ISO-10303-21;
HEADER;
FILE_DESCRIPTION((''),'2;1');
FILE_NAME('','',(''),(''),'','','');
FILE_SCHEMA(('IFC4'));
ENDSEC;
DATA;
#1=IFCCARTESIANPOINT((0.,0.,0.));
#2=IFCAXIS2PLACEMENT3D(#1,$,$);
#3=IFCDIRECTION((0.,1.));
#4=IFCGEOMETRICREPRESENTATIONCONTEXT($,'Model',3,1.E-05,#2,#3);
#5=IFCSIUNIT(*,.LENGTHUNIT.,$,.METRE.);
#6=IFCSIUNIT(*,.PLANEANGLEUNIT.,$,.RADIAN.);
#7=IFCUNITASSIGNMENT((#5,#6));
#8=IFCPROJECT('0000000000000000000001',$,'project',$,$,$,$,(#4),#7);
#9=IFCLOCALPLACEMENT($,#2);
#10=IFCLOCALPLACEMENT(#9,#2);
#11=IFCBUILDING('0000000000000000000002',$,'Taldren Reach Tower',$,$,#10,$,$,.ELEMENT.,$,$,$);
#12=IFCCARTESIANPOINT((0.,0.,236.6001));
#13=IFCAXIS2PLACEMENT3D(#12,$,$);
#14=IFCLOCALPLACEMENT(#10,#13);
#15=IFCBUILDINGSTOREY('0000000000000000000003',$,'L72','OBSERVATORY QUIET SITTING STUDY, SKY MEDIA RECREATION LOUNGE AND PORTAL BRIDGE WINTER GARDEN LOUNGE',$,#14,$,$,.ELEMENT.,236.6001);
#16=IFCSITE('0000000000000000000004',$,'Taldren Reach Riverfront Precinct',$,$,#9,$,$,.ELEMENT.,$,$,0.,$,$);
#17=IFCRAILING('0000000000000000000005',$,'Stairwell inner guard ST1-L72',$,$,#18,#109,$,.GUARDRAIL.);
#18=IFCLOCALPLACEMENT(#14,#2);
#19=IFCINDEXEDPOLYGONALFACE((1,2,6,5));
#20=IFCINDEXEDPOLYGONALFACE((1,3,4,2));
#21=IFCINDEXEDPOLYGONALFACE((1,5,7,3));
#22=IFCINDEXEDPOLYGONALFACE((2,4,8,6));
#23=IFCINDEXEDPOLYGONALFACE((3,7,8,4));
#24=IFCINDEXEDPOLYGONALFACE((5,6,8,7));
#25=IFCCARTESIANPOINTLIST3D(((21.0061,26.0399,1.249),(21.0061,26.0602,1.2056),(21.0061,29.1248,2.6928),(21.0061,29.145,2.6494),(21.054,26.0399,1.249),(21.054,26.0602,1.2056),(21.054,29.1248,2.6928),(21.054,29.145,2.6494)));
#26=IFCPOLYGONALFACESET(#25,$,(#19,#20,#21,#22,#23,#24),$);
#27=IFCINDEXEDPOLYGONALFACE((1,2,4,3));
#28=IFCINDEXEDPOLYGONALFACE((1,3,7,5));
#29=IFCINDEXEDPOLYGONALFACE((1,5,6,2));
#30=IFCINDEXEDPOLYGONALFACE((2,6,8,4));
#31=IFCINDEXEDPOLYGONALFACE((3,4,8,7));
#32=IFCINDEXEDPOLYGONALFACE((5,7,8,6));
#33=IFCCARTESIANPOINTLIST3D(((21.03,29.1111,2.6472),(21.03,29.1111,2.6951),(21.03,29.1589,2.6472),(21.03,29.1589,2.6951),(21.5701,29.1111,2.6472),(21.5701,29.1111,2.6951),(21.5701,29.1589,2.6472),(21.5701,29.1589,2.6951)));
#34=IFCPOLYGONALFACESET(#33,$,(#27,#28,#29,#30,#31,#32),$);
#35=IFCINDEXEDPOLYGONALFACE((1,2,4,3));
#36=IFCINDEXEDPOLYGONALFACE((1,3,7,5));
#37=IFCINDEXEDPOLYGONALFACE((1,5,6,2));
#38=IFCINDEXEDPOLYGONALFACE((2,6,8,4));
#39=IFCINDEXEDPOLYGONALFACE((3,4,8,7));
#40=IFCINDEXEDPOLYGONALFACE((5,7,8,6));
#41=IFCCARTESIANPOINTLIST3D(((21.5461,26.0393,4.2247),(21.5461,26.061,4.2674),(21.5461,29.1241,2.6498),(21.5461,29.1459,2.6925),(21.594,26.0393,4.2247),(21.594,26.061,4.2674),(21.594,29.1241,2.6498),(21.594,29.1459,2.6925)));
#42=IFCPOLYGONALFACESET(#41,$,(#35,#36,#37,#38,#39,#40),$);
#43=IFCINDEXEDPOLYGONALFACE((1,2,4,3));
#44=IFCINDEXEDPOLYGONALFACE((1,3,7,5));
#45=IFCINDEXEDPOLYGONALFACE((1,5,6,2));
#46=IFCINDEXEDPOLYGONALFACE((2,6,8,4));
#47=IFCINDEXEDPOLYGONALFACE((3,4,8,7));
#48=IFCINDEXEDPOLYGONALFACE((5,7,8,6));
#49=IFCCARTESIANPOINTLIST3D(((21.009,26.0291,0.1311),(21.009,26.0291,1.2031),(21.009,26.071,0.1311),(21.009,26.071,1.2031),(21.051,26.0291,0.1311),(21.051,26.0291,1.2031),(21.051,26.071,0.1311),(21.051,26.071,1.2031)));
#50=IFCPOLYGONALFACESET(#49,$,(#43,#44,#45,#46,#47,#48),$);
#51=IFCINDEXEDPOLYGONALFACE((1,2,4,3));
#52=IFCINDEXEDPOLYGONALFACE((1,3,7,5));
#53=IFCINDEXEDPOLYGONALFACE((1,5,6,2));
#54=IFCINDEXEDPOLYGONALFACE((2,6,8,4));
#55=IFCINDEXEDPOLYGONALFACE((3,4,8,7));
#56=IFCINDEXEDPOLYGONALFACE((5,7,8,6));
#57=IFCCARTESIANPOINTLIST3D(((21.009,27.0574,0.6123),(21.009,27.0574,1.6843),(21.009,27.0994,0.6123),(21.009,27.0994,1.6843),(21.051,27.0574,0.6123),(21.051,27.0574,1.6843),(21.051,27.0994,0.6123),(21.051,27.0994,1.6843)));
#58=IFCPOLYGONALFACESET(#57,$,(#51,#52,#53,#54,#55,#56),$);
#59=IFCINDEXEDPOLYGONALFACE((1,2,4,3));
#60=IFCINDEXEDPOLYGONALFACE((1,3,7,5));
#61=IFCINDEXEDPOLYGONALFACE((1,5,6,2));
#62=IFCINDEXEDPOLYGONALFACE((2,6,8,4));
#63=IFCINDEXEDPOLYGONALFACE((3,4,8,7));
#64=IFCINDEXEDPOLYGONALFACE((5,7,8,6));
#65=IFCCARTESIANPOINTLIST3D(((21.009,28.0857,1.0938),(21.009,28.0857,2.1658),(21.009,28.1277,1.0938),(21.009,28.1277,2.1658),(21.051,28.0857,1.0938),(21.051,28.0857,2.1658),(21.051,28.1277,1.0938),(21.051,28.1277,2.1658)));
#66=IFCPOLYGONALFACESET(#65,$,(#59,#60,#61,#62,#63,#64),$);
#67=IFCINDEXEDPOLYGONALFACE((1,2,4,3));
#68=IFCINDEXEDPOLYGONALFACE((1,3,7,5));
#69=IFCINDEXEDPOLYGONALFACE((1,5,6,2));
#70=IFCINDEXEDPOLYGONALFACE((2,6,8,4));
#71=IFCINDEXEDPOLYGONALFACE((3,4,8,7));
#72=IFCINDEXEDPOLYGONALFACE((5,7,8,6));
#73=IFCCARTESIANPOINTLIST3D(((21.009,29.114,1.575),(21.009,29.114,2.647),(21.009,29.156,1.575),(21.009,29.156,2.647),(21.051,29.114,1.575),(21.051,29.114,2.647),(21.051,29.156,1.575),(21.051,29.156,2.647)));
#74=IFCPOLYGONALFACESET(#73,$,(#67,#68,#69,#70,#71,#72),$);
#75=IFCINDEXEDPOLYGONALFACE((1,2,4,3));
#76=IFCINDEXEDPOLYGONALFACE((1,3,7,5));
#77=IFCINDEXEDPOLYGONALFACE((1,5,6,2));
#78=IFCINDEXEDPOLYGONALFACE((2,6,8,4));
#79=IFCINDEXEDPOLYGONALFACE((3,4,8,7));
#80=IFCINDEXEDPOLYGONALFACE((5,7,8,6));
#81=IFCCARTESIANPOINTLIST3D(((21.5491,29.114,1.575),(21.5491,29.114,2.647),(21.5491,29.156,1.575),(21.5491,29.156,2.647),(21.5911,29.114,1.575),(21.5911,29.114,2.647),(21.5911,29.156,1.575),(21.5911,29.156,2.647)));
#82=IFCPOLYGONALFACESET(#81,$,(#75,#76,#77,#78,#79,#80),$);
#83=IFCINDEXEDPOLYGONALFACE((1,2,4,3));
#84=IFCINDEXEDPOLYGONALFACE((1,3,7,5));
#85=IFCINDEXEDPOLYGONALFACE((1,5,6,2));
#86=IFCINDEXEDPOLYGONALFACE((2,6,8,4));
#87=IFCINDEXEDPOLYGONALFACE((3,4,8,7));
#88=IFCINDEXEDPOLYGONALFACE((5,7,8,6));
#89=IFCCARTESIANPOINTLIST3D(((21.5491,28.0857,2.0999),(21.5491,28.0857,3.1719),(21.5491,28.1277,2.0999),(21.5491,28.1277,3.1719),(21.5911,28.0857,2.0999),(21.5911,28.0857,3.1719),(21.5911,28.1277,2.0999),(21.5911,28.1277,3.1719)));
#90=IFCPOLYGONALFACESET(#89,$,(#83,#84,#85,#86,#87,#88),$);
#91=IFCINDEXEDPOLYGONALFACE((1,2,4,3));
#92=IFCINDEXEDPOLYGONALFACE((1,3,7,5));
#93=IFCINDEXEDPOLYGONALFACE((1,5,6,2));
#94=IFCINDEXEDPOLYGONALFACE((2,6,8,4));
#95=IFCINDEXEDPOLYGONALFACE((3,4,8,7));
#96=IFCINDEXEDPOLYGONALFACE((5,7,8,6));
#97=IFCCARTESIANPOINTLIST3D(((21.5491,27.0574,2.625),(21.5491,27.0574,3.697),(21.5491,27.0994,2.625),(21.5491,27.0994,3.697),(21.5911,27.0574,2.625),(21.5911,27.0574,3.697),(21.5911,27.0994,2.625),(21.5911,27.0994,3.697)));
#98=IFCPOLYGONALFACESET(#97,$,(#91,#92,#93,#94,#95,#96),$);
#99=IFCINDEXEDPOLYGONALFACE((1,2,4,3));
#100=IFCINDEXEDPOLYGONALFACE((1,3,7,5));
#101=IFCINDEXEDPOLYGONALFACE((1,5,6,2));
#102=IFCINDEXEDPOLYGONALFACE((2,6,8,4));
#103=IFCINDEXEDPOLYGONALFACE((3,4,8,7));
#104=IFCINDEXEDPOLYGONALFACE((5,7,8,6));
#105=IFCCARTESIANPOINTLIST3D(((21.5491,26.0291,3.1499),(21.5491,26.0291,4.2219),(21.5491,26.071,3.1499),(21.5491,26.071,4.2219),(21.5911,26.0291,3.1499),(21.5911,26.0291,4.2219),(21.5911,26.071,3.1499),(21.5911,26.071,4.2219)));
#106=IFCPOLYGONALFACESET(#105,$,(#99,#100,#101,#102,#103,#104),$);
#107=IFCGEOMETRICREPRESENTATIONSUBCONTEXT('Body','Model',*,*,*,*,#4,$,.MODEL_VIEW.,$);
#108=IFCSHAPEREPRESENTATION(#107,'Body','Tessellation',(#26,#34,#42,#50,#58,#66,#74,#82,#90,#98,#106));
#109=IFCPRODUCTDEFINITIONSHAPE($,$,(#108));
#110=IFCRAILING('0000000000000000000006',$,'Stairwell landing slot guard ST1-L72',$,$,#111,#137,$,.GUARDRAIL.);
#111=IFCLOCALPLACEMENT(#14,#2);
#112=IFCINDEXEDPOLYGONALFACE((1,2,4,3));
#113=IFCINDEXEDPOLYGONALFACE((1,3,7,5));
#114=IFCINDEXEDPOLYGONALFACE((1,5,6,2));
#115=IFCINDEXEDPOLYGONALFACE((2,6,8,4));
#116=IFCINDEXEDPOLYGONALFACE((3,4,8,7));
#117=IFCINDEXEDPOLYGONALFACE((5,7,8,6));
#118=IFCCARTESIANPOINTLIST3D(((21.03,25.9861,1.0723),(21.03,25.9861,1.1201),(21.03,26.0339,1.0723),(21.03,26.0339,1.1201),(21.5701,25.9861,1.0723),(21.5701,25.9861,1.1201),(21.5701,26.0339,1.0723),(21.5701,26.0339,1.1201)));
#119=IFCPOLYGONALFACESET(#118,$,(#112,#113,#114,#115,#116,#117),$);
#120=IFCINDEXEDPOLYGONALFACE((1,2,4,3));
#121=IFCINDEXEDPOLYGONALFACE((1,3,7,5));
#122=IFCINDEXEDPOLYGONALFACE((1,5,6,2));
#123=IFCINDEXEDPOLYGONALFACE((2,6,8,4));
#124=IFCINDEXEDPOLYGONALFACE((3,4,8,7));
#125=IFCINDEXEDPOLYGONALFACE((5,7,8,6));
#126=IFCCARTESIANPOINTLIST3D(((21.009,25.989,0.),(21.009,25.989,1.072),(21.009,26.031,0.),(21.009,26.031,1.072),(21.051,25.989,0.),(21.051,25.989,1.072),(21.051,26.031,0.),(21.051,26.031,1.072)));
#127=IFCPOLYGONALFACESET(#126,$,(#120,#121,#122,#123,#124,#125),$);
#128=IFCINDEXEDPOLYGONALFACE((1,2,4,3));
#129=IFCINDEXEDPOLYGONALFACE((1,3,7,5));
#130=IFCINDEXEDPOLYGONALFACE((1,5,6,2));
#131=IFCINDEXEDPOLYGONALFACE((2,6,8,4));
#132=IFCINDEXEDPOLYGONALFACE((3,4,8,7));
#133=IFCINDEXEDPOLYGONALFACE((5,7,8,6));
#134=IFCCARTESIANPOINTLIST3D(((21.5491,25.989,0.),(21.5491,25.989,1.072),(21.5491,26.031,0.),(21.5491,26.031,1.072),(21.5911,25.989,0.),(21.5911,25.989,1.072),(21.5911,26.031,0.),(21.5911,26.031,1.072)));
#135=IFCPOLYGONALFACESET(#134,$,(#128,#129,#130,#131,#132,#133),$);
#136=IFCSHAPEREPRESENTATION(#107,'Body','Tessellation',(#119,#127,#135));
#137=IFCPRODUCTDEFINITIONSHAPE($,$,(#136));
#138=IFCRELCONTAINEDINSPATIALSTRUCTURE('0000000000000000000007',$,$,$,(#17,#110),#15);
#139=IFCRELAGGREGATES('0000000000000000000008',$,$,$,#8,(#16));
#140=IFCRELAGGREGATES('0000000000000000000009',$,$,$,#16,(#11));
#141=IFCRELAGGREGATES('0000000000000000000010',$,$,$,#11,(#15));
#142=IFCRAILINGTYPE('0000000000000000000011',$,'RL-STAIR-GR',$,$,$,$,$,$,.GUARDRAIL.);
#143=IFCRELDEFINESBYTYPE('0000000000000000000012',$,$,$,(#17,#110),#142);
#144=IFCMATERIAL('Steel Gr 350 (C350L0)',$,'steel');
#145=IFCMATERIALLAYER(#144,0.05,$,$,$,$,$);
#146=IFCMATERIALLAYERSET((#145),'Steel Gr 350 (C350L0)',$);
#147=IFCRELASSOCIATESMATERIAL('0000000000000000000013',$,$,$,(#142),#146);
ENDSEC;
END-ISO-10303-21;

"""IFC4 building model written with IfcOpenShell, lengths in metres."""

from ifc_helpers import new_model, si_unit, direction, frame, origin, origin_2d, place, context, subcontext, project, spatial, rectangle, extrude, material, layer, layer_set, type_object, element, save


model = new_model("IFC4")

# Units and contexts
model_context = context("Model", 3, precision=1e-05, world=origin(), true_north=direction((0.0, 1.0)))
body_context = subcontext(model_context, "Body", "Model", "MODEL_VIEW")
ifc_project = project(units=[si_unit("LENGTHUNIT", "METRE"), si_unit("PLANEANGLEUNIT", "RADIAN")], contexts=[model_context])

# Site, building, storey
site_placement = place(None, origin())
site = spatial("IfcSite", under=ifc_project, at=site_placement, Name="Taldren Reach Riverfront Precinct", CompositionType="ELEMENT", RefElevation=0.0)
building_placement = place(site_placement, origin())
building = spatial("IfcBuilding", under=site, at=building_placement, Name="Taldren Reach Tower", CompositionType="ELEMENT")
storey_placement = place(building_placement, frame((0.0, 0.0, 236.6001)))
storey = spatial("IfcBuildingStorey", under=building, at=storey_placement, Name="L72", Description="OBSERVATORY QUIET SITTING STUDY, SKY MEDIA RECREATION LOUNGE AND PORTAL BRIDGE WINTER GARDEN LOUNGE", CompositionType="ELEMENT", Elevation=236.6001)

# Shared definitions
ifc_material_1 = material(Name="Steel Gr 350 (C350L0)", Category="steel")

# Railings
ifc_layer_1 = layer(ifc_material_1, 0.05)
ifc_layer_set_1 = layer_set([ifc_layer_1], Name="Steel Gr 350 (C350L0)")
railing_type_1 = type_object("IfcRailingType", Name="RL-STAIR-GR", PredefinedType="GUARDRAIL", material=ifc_layer_set_1)
railing_1_placement = place(storey_placement, frame((21.03, 26.05, 0.1311)))
element("IfcRailing", 1, at=railing_1_placement, inside=storey, type_object=railing_type_1, Name="Stairwell inner guard ST1-L72", PredefinedType="GUARDRAIL", context=body_context, shape_type="SweptSolid", body=[
    extrude(rectangle(XDim=0.0479, YDim=0.0479, at=origin_2d()), frame((0.0, 0.0, 1.0962), z_axis=(0.0, 0.90571, 0.423898), x_axis=(-1.0, 0.0, 0.0)), (0.0, 0.0, 1.0), 3.406),
    extrude(rectangle(XDim=0.0479, YDim=0.0479, at=origin_2d()), frame((0.0, 3.085, 2.54), z_axis=(1.0, 0.0, 0.0), x_axis=(0.0, 1.0, 0.0)), (0.0, 0.0, 1.0), 0.54),
    extrude(rectangle(XDim=0.0479, YDim=0.0479, at=origin_2d()), frame((0.54, 3.085, 2.54), z_axis=(0.0, -0.890646, 0.454697), x_axis=(1.0, 0.0, 0.0)), (0.0, 0.0, 1.0), 3.4636),
    extrude(rectangle(XDim=0.042, YDim=0.042, at=origin_2d()), origin(), (0.0, 0.0, 1.0), 1.072),
    extrude(rectangle(XDim=0.042, YDim=0.042, at=origin_2d()), frame((0.0, 1.0283, 0.4812)), (0.0, 0.0, 1.0), 1.072),
    extrude(rectangle(XDim=0.042, YDim=0.042, at=origin_2d()), frame((0.0, 2.0566, 0.9626)), (0.0, 0.0, 1.0), 1.072),
    extrude(rectangle(XDim=0.042, YDim=0.042, at=origin_2d()), frame((0.0, 3.085, 1.4438)), (0.0, 0.0, 1.0), 1.072),
    extrude(rectangle(XDim=0.042, YDim=0.042, at=origin_2d()), frame((0.54, 3.085, 1.4438)), (0.0, 0.0, 1.0), 1.072),
    extrude(rectangle(XDim=0.042, YDim=0.042, at=origin_2d()), frame((0.54, 2.0566, 1.9688)), (0.0, 0.0, 1.0), 1.072),
    extrude(rectangle(XDim=0.042, YDim=0.042, at=origin_2d()), frame((0.54, 1.0283, 2.4939)), (0.0, 0.0, 1.0), 1.072),
    extrude(rectangle(XDim=0.042, YDim=0.042, at=origin_2d()), frame((0.54, 0.0, 3.0188)), (0.0, 0.0, 1.0), 1.072),
])
railing_2_placement = place(storey_placement, frame((21.03, 26.01, 0.0)))
element("IfcRailing", 2, at=railing_2_placement, inside=storey, type_object=railing_type_1, Name="Stairwell landing slot guard ST1-L72", PredefinedType="GUARDRAIL", context=body_context, shape_type="SweptSolid", body=[
    extrude(rectangle(XDim=0.0479, YDim=0.0479, at=origin_2d()), frame((0.0, 0.0, 1.0962), z_axis=(1.0, 0.0, 0.0), x_axis=(0.0, 1.0, 0.0)), (0.0, 0.0, 1.0), 0.54),
    extrude(rectangle(XDim=0.042, YDim=0.042, at=origin_2d()), origin(), (0.0, 0.0, 1.0), 1.072),
    extrude(rectangle(XDim=0.042, YDim=0.042, at=origin_2d()), frame((0.54, 0.0, 0.0)), (0.0, 0.0, 1.0), 1.072),
])

save(model, "model.ifc")
